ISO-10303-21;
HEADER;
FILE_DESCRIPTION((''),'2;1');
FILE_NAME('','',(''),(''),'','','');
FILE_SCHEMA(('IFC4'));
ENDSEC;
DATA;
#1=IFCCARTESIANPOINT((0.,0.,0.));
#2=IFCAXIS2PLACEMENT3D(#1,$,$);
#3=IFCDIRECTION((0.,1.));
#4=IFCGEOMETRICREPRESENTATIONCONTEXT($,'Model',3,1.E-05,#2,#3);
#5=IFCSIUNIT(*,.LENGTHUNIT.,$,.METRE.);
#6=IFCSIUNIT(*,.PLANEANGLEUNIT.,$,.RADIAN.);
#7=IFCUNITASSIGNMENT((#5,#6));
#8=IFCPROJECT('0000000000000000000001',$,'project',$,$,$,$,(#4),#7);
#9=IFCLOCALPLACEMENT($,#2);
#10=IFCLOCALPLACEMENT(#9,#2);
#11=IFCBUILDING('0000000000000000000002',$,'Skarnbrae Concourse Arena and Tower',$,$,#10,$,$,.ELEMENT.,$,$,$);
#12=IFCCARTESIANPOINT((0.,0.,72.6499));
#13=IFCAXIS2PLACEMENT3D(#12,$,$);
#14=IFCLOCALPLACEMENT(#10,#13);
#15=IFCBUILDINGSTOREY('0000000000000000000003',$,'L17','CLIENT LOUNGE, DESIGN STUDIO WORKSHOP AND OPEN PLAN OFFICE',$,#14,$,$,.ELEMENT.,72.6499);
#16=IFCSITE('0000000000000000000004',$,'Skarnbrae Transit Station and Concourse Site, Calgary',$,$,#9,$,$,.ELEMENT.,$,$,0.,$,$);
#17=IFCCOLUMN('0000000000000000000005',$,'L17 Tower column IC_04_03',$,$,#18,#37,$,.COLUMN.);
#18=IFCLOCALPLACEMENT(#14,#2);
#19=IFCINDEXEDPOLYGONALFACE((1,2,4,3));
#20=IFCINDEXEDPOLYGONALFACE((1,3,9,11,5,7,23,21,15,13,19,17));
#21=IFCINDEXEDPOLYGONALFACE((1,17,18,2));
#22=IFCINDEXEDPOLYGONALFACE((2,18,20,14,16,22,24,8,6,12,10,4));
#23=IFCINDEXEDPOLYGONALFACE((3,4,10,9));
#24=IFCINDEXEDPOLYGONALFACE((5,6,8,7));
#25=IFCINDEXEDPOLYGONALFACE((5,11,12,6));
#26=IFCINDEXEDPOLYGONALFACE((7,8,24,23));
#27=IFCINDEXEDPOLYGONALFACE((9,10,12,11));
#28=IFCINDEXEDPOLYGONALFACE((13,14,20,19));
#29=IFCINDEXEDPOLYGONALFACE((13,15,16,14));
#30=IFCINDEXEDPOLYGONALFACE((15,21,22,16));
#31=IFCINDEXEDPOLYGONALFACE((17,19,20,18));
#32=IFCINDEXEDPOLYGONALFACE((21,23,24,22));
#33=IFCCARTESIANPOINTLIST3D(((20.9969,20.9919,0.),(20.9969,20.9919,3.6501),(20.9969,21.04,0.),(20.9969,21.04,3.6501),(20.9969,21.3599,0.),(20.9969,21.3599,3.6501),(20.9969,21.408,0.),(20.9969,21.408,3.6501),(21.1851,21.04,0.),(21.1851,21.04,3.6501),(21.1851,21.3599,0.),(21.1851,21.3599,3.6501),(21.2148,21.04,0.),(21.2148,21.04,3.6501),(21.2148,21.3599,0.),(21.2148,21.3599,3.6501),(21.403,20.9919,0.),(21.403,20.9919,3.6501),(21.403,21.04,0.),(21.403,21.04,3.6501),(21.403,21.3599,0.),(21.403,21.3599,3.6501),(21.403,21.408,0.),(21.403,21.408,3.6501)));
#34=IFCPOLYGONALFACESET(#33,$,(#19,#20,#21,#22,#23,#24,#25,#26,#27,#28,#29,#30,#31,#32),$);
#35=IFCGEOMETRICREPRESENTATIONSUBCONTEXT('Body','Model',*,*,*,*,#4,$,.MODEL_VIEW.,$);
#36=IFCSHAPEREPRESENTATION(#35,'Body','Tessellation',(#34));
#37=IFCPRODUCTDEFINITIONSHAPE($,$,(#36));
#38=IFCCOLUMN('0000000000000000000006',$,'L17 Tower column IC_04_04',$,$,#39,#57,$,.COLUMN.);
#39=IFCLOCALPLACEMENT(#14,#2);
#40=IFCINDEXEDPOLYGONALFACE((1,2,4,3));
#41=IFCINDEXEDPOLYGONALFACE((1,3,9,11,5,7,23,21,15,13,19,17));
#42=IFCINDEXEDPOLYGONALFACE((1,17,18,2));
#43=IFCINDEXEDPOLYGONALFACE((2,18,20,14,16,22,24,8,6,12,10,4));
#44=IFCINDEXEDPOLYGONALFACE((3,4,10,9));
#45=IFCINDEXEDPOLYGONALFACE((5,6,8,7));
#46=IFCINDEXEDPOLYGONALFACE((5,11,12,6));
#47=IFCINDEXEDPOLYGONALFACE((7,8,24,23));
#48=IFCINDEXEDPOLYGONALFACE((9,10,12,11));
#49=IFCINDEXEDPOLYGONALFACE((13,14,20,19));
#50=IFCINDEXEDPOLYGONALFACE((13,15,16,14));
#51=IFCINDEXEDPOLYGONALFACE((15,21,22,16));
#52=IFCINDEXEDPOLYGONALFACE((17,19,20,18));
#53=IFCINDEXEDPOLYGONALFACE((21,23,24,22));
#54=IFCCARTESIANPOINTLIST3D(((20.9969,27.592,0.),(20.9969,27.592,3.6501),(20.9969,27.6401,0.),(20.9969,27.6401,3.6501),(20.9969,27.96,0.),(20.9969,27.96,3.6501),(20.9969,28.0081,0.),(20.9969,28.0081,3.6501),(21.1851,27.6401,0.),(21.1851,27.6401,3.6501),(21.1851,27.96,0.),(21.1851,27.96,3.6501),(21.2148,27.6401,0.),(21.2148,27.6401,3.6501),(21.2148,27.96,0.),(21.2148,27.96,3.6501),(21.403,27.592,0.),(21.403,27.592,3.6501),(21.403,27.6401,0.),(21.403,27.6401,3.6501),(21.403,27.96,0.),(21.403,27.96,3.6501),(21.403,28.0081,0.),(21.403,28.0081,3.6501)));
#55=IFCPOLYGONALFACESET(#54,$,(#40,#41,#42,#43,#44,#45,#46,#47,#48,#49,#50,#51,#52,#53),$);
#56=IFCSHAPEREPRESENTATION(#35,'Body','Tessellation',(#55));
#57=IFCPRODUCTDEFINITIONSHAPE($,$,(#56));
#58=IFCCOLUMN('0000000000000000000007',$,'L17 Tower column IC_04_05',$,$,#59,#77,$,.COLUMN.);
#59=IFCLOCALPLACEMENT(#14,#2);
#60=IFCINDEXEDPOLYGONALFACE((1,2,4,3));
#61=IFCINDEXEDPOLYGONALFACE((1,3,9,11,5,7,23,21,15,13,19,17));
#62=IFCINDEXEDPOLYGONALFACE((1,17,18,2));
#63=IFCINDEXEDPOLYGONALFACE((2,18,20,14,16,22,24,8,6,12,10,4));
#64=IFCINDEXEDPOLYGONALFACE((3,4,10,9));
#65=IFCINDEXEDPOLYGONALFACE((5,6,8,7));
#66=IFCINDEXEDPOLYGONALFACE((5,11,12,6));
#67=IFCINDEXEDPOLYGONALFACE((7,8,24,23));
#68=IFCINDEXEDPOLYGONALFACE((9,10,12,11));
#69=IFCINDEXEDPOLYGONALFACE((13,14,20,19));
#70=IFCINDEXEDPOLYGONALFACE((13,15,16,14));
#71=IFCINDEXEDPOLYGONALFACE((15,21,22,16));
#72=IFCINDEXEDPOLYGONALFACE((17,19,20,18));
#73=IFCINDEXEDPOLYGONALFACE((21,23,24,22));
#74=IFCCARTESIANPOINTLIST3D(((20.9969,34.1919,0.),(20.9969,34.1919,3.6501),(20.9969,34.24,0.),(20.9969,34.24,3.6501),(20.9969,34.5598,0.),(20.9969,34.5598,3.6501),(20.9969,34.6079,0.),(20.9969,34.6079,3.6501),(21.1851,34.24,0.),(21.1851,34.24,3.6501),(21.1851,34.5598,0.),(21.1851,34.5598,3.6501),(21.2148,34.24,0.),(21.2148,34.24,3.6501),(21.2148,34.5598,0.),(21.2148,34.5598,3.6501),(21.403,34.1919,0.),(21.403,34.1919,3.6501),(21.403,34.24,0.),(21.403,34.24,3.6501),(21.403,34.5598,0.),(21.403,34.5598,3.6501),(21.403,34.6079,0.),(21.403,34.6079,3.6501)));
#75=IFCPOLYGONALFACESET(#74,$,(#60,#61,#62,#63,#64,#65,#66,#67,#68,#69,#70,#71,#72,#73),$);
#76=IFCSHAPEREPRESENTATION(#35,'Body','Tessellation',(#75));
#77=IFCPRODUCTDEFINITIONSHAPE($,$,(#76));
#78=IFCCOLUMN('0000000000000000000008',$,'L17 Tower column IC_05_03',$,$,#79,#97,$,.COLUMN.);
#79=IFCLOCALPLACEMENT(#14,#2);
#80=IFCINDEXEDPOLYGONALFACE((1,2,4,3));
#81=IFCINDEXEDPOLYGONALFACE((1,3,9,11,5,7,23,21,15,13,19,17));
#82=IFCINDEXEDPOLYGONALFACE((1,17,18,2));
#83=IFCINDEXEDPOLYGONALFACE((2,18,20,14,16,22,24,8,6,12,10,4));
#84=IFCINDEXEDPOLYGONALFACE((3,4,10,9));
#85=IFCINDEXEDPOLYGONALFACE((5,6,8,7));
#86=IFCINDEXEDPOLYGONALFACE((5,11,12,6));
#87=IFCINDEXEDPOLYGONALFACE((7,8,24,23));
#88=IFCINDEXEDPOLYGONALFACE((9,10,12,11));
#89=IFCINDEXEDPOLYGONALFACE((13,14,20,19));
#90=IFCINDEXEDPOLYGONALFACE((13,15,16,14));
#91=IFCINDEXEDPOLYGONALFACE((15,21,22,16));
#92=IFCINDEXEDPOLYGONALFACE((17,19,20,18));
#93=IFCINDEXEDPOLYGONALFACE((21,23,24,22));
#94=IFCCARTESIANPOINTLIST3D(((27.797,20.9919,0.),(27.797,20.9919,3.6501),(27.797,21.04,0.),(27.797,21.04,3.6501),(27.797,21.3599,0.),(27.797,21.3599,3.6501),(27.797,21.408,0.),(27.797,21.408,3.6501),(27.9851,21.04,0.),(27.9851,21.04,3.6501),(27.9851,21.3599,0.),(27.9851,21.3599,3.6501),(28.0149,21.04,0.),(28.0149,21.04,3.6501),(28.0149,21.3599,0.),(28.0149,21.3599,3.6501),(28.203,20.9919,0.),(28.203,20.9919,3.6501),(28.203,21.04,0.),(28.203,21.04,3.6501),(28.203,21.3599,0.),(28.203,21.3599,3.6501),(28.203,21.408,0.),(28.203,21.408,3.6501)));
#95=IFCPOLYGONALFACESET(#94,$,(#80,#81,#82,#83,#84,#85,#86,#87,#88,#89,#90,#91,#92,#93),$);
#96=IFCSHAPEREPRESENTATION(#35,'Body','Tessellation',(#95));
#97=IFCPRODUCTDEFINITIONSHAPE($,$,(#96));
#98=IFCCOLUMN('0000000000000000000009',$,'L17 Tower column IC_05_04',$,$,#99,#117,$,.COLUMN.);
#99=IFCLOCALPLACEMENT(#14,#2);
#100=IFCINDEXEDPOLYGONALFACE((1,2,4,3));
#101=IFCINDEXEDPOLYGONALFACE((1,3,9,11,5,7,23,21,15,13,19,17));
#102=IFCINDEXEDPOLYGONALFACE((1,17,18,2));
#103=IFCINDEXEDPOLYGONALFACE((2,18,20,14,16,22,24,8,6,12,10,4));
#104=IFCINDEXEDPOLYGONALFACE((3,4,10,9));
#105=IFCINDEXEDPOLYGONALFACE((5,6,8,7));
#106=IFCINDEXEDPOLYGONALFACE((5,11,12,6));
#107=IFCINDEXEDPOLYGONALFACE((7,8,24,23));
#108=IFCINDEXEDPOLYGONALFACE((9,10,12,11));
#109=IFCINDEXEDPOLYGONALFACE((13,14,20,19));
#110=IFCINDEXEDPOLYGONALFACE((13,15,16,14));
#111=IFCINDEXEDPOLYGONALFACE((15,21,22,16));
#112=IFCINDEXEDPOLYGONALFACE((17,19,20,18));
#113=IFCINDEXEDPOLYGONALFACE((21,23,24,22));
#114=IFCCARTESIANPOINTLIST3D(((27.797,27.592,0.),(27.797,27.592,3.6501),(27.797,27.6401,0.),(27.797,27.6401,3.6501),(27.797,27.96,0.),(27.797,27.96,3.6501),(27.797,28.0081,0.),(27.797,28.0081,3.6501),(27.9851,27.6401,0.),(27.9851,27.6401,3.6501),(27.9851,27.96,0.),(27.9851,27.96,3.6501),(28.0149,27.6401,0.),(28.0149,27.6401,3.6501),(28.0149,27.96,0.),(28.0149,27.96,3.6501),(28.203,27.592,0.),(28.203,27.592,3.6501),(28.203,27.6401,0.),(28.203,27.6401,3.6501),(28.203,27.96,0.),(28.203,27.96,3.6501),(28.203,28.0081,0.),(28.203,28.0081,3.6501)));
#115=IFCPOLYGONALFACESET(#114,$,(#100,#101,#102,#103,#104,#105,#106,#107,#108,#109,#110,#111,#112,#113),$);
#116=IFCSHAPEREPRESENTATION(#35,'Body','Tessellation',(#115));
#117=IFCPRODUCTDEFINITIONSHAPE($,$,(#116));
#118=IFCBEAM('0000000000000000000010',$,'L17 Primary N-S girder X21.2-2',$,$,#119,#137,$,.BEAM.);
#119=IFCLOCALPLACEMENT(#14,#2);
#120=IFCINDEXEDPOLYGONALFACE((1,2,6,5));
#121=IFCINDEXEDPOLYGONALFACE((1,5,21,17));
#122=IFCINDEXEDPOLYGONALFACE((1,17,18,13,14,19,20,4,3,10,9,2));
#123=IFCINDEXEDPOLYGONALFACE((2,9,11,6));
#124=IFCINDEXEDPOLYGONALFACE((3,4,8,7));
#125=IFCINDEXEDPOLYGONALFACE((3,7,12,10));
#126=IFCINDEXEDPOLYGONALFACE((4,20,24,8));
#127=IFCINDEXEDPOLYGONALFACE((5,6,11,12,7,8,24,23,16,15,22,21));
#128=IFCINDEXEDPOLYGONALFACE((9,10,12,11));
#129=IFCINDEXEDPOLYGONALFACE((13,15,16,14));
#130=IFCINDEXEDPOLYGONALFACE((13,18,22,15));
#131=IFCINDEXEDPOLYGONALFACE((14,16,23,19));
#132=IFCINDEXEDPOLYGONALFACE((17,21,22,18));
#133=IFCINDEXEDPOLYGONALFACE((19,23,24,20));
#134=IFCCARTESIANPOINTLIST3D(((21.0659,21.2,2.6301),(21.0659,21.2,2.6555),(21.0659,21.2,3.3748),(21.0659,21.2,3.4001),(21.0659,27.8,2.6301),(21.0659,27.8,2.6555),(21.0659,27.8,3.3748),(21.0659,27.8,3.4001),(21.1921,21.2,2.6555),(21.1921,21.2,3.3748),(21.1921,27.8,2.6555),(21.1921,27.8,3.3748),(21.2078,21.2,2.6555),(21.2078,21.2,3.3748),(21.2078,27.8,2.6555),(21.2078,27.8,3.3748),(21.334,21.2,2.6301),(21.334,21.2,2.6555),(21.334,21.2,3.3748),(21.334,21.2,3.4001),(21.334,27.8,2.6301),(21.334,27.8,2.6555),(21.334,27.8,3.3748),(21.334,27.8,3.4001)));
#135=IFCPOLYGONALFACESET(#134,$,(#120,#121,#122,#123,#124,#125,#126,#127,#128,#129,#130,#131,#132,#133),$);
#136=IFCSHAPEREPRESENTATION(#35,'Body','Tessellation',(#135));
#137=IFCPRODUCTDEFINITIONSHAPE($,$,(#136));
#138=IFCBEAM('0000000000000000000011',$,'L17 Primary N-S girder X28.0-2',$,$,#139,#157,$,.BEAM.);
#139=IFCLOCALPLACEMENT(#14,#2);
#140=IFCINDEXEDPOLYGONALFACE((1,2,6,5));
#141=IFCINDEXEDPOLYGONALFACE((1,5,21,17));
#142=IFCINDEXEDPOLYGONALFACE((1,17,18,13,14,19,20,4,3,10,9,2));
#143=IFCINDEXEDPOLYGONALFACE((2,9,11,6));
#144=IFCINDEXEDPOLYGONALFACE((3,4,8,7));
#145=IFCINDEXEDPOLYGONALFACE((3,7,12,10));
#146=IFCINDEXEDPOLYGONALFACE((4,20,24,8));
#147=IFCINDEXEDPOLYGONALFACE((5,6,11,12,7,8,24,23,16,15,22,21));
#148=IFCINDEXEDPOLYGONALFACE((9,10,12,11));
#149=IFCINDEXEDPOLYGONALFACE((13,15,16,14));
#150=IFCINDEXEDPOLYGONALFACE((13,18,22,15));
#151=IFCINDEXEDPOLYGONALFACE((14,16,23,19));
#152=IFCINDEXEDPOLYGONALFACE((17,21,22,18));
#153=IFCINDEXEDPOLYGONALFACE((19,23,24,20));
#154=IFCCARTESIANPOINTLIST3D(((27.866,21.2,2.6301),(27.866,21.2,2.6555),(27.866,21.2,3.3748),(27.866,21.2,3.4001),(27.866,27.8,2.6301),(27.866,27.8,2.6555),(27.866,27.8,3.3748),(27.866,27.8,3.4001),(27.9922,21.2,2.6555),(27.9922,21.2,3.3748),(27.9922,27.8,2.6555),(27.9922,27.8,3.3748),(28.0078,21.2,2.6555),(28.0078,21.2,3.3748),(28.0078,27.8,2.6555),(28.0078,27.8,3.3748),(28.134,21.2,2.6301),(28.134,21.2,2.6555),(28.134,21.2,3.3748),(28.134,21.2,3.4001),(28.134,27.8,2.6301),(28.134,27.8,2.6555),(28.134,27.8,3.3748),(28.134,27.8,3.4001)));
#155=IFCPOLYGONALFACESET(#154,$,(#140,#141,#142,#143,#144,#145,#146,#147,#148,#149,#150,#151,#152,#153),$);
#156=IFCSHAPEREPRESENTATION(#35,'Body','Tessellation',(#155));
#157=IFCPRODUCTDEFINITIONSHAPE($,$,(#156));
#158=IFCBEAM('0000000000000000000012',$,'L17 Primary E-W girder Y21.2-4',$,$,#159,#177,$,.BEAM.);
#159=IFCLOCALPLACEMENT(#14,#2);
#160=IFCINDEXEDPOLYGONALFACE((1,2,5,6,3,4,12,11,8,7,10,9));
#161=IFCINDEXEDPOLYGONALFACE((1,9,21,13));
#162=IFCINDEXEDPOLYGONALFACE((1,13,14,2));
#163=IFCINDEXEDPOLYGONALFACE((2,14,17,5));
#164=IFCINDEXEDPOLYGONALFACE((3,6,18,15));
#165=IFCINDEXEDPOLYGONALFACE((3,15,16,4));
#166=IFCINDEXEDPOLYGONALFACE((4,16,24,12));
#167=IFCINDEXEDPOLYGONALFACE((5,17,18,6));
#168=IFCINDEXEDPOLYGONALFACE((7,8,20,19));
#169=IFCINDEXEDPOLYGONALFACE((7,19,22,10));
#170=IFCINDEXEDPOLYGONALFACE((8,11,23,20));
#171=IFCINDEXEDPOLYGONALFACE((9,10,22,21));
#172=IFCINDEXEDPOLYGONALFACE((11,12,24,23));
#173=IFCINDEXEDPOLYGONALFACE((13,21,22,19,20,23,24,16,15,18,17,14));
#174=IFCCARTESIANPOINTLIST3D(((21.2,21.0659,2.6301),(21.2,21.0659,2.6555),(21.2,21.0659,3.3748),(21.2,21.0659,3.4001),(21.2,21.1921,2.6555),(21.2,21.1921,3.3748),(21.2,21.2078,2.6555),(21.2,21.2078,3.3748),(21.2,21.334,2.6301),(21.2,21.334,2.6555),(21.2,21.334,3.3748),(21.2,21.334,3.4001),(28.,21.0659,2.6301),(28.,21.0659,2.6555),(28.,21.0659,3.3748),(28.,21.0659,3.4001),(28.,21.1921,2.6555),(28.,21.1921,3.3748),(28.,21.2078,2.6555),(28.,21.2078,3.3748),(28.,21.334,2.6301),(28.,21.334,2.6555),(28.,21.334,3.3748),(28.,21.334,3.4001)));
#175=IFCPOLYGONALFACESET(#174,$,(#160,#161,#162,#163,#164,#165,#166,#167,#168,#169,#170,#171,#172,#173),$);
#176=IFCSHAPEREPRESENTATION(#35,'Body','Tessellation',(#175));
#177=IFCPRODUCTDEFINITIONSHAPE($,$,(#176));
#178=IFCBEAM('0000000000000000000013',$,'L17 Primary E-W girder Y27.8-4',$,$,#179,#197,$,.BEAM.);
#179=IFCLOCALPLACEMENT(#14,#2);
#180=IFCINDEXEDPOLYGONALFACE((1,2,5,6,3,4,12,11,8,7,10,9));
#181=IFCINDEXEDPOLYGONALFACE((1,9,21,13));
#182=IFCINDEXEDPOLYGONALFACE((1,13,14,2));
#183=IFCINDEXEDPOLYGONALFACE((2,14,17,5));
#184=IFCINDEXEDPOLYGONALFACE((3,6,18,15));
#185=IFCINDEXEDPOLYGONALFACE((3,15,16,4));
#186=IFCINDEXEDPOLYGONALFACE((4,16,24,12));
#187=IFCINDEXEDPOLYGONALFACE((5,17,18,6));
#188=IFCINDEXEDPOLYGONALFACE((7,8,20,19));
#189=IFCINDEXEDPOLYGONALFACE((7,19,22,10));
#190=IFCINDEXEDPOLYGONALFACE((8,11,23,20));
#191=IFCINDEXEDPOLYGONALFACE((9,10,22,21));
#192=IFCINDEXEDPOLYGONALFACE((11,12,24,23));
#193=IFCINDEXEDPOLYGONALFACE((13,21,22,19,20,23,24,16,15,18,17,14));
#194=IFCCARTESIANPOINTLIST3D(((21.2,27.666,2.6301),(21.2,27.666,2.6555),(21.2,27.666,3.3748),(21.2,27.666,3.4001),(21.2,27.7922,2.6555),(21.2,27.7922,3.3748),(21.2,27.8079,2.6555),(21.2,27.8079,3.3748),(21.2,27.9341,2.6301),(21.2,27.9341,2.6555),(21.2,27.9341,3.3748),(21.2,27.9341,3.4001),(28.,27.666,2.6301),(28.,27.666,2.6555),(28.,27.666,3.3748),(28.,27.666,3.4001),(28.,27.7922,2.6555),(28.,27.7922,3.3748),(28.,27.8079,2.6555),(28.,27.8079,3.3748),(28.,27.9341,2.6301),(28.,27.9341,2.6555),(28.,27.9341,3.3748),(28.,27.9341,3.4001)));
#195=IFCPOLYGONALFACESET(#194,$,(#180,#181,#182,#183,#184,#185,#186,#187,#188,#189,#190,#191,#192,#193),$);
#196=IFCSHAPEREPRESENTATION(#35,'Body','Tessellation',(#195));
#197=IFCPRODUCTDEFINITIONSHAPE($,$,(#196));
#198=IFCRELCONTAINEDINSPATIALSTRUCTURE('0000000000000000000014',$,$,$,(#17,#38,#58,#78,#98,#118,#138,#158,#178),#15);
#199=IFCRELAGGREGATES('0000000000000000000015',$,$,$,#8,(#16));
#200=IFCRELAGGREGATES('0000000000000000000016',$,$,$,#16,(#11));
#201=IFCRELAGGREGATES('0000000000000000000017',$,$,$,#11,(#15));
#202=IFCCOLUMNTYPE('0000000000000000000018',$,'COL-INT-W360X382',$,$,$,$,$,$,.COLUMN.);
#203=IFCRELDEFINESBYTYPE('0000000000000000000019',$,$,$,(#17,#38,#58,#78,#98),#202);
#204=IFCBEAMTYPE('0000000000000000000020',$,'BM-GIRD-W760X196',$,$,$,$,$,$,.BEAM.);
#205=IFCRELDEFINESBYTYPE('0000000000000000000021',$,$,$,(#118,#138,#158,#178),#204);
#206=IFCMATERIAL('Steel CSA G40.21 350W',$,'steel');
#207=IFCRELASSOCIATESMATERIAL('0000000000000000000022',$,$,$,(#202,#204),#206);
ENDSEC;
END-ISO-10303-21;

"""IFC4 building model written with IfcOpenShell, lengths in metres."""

from ifc_helpers import new_model, si_unit, direction, frame, origin, origin_2d, place, context, subcontext, project, spatial, i_section, extrude, source, transform, mapped, material, material_profile, profile_set, type_object, element, save


model = new_model("IFC4")

# Units and contexts
model_context = context("Model", 3, precision=1e-05, world=origin(), true_north=direction((0.0, 1.0)))
body_context = subcontext(model_context, "Body", "Model", "MODEL_VIEW")
ifc_project = project(units=[si_unit("LENGTHUNIT", "METRE"), si_unit("PLANEANGLEUNIT", "RADIAN")], contexts=[model_context])

# Site, building, storey
site_placement = place(None, origin())
site = spatial("IfcSite", under=ifc_project, at=site_placement, Name="Skarnbrae Transit Station and Concourse Site, Calgary", CompositionType="ELEMENT", RefElevation=0.0)
building_placement = place(site_placement, origin())
building = spatial("IfcBuilding", under=site, at=building_placement, Name="Skarnbrae Concourse Arena and Tower", CompositionType="ELEMENT")
storey_placement = place(building_placement, frame((0.0, 0.0, 72.6499)))
storey = spatial("IfcBuildingStorey", under=building, at=storey_placement, Name="L17", Description="CLIENT LOUNGE, DESIGN STUDIO WORKSHOP AND OPEN PLAN OFFICE", CompositionType="ELEMENT", Elevation=72.6499)

# Columns
ifc_material_1 = material(Name="Steel CSA G40.21 350W", Category="steel")
ifc_material_profile_1 = material_profile(ifc_material_1, i_section(OverallWidth=0.406, OverallDepth=0.416, WebThickness=0.0298, FlangeThickness=0.0481, at=origin_2d()), Name="W360X382")
ifc_profile_set_1 = profile_set([ifc_material_profile_1], Name="Steel CSA G40.21 350W")
column_type = type_object("IfcColumnType", Name="COL-INT-W360X382", PredefinedType="COLUMN", material=ifc_profile_set_1)
shared_shape_1 = source(origin(), body_context, "Body", "SweptSolid", [
    extrude(i_section(OverallWidth=0.406, OverallDepth=0.416, WebThickness=0.0298, FlangeThickness=0.0481, at=origin_2d()), origin(), (0.0, 0.0, 1.0), 3.6501),
])
for number, where, z_axis, x_axis, name in (
    (1, (21.2, 21.2, 0.0), (0.0, 0.0, 1.0), (1.0, 0.0, 0.0), "L17 Tower column IC_04_03"),
    (2, (21.2, 27.8, 0.0), (0.0, 0.0, 1.0), (1.0, 0.0, 0.0), "L17 Tower column IC_04_04"),
    (3, (21.2, 34.3999, 0.0), (0.0, 0.0, 1.0), (1.0, 0.0, 0.0), "L17 Tower column IC_04_05"),
    (4, (28.0, 21.2, 0.0), (0.0, 0.0, 1.0), (1.0, 0.0, 0.0), "L17 Tower column IC_05_03"),
    (5, (28.0, 27.8, 0.0), (0.0, 0.0, 1.0), (1.0, 0.0, 0.0), "L17 Tower column IC_05_04"),
):
    element("IfcColumn", number, at=place(storey_placement, frame(where, z_axis=z_axis, x_axis=x_axis)), inside=storey, type_object=column_type, Name=name, PredefinedType="COLUMN", context=body_context, shape_type="MappedRepresentation", body=[
        mapped(shared_shape_1, transform((0.0, 0.0, 0.0))),
    ])

# Beams
ifc_material_profile_2 = material_profile(ifc_material_1, i_section(OverallWidth=0.2681, OverallDepth=0.77, WebThickness=0.0156, FlangeThickness=0.0254, at=origin_2d()), Name="W760X196")
ifc_profile_set_2 = profile_set([ifc_material_profile_2], Name="Steel CSA G40.21 350W")
beam_type_1 = type_object("IfcBeamType", Name="BM-GIRD-W760X196", PredefinedType="BEAM", material=ifc_profile_set_2)
shared_shape_2 = source(origin(), body_context, "Body", "SweptSolid", [
    extrude(i_section(OverallWidth=0.2681, OverallDepth=0.77, WebThickness=0.0156, FlangeThickness=0.0254, at=origin_2d()), origin(), (0.0, 0.0, 1.0), 6.6001),
])
for number, where, z_axis, x_axis, name in (
    (6, (21.2, 21.2, 3.0151), (0.0, 1.0, 0.0), (-1.0, 0.0, 0.0), "L17 Primary N-S girder X21.2-2"),
    (7, (28.0, 21.2, 3.0151), (0.0, 1.0, 0.0), (-1.0, 0.0, 0.0), "L17 Primary N-S girder X28.0-2"),
):
    element("IfcBeam", number, at=place(storey_placement, frame(where, z_axis=z_axis, x_axis=x_axis)), inside=storey, type_object=beam_type_1, Name=name, PredefinedType="BEAM", context=body_context, shape_type="MappedRepresentation", body=[
        mapped(shared_shape_2, transform((0.0, 0.0, 0.0))),
    ])
shared_shape_3 = source(origin(), body_context, "Body", "SweptSolid", [
    extrude(i_section(OverallWidth=0.2681, OverallDepth=0.77, WebThickness=0.0156, FlangeThickness=0.0254, at=origin_2d()), origin(), (0.0, 0.0, 1.0), 6.8),
])
for number, where, z_axis, x_axis, name in (
    (8, (21.2, 21.2, 3.0151), (1.0, 0.0, 0.0), (0.0, 1.0, 0.0), "L17 Primary E-W girder Y21.2-4"),
    (9, (21.2, 27.8, 3.0151), (1.0, 0.0, 0.0), (0.0, 1.0, 0.0), "L17 Primary E-W girder Y27.8-4"),
):
    element("IfcBeam", number, at=place(storey_placement, frame(where, z_axis=z_axis, x_axis=x_axis)), inside=storey, type_object=beam_type_1, Name=name, PredefinedType="BEAM", context=body_context, shape_type="MappedRepresentation", body=[
        mapped(shared_shape_3, transform((0.0, 0.0, 0.0))),
    ])

save(model, "model.ifc")
